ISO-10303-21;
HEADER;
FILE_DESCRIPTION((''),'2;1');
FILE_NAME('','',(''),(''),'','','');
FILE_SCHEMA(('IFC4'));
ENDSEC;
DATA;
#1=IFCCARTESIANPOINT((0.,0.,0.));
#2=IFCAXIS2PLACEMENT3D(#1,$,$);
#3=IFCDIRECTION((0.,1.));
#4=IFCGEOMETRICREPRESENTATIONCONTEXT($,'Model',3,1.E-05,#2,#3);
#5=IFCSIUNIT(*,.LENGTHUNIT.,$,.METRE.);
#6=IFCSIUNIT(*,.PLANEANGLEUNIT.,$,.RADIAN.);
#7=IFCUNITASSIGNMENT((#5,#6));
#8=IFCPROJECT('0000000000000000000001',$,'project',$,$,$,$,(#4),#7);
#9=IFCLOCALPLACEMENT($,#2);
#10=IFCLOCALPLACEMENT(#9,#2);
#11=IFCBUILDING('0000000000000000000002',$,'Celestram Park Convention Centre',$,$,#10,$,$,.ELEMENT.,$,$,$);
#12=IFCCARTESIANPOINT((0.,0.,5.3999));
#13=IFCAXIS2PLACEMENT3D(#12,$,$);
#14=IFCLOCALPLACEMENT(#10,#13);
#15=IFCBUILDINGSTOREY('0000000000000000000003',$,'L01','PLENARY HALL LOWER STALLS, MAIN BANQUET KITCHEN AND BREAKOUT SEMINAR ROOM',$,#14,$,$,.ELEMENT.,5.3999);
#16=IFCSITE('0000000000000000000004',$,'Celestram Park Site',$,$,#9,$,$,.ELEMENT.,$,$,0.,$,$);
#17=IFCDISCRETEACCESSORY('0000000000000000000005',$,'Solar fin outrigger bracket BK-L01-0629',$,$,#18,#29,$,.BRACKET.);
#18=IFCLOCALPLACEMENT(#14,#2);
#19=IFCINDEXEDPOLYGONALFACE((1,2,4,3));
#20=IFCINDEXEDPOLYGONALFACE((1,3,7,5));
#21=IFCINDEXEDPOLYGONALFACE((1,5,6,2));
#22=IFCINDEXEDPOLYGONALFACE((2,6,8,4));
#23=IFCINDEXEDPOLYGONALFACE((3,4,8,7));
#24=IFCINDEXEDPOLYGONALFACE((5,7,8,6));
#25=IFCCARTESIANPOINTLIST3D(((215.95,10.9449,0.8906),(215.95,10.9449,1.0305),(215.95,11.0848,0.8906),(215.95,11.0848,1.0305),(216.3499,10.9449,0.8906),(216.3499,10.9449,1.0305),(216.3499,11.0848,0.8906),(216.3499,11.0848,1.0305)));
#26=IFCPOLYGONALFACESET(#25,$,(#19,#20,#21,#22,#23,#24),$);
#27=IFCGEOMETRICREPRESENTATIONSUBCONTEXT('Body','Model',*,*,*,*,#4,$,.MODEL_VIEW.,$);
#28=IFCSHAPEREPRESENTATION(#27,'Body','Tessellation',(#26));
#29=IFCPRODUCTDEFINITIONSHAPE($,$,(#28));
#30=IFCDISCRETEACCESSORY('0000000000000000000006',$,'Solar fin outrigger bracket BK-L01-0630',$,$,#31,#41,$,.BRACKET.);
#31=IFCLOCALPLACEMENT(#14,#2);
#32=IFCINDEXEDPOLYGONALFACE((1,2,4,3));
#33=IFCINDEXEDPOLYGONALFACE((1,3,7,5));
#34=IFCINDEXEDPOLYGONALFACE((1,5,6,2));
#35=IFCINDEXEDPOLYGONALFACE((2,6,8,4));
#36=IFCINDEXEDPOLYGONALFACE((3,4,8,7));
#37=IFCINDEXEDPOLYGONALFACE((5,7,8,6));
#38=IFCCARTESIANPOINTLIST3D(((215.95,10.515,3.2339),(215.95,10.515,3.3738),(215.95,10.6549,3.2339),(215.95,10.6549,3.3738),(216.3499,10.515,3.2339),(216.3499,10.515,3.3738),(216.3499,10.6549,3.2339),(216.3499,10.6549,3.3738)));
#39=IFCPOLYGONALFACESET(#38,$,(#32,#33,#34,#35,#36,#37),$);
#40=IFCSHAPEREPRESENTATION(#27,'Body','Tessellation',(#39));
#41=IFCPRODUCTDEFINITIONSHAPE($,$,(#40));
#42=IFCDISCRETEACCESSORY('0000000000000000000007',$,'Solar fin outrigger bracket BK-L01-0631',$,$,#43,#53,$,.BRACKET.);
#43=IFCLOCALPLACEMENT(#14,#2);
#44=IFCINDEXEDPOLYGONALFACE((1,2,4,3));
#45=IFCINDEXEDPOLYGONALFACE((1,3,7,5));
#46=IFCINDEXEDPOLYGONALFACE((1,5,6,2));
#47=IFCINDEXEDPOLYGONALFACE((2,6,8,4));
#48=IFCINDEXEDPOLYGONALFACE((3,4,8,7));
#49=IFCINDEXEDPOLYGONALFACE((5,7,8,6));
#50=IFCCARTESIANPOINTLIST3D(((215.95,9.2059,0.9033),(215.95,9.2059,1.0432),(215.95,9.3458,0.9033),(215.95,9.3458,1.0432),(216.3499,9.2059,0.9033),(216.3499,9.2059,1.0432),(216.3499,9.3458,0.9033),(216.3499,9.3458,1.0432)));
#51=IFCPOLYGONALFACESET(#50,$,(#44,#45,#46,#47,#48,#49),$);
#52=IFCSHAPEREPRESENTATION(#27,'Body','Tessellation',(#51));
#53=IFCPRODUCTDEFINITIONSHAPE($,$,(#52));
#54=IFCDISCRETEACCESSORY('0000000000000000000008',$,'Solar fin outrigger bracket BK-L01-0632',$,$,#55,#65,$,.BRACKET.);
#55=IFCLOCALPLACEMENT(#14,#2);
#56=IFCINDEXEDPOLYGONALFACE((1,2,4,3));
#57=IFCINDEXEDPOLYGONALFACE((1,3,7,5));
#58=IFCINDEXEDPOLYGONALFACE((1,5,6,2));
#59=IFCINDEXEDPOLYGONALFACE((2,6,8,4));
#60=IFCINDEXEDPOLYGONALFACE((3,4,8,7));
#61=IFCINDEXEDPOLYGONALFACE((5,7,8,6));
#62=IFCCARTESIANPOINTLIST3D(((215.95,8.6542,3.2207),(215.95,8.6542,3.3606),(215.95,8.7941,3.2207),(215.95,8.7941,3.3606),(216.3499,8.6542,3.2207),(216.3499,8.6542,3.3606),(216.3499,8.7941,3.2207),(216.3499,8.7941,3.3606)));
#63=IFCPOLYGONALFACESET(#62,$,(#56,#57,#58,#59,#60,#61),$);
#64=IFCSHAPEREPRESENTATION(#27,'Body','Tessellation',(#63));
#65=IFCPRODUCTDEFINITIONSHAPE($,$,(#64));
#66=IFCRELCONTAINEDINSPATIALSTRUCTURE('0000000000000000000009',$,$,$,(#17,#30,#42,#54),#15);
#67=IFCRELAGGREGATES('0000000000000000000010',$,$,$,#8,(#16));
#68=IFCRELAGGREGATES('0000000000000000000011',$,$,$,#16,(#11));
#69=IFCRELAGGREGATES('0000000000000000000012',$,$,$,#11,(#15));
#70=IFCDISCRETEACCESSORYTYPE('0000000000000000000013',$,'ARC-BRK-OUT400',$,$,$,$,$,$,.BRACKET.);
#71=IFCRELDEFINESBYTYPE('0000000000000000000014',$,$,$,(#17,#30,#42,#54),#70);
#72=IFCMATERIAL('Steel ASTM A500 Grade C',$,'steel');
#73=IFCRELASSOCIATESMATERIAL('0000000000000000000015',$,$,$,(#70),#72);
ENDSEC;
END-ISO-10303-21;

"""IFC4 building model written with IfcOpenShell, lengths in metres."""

from ifc_helpers import new_model, si_unit, direction, frame, origin, origin_2d, place, context, subcontext, project, spatial, rectangle, extrude, material, type_object, element, save


model = new_model("IFC4")

# Units and contexts
model_context = context("Model", 3, precision=1e-05, world=origin(), true_north=direction((0.0, 1.0)))
body_context = subcontext(model_context, "Body", "Model", "MODEL_VIEW")
ifc_project = project(units=[si_unit("LENGTHUNIT", "METRE"), si_unit("PLANEANGLEUNIT", "RADIAN")], contexts=[model_context])

# Site, building, storey
site_placement = place(None, origin())
site = spatial("IfcSite", under=ifc_project, at=site_placement, Name="Celestram Park Site", CompositionType="ELEMENT", RefElevation=0.0)
building_placement = place(site_placement, origin())
building = spatial("IfcBuilding", under=site, at=building_placement, Name="Celestram Park Convention Centre", CompositionType="ELEMENT")
storey_placement = place(building_placement, frame((0.0, 0.0, 5.3999)))
storey = spatial("IfcBuildingStorey", under=building, at=storey_placement, Name="L01", Description="PLENARY HALL LOWER STALLS, MAIN BANQUET KITCHEN AND BREAKOUT SEMINAR ROOM", CompositionType="ELEMENT", Elevation=5.3999)

# Shared definitions
ifc_material_1 = material(Name="Steel ASTM A500 Grade C", Category="steel")

# Discrete accessories
discrete_accessory_type = type_object("IfcDiscreteAccessoryType", Name="ARC-BRK-OUT400", PredefinedType="BRACKET", material=ifc_material_1)
for number, where, z_axis, x_axis, name in (
    (1, (216.1499, 11.0149, 0.8906), (0.0, 0.0, 1.0), (1.0, 0.0, 0.0), "Solar fin outrigger bracket BK-L01-0629"),
    (2, (216.1499, 10.585, 3.2339), (0.0, 0.0, 1.0), (1.0, 0.0, 0.0), "Solar fin outrigger bracket BK-L01-0630"),
    (3, (216.1499, 9.2759, 0.9033), (0.0, 0.0, 1.0), (1.0, 0.0, 0.0), "Solar fin outrigger bracket BK-L01-0631"),
    (4, (216.1499, 8.7241, 3.2207), (0.0, 0.0, 1.0), (1.0, 0.0, 0.0), "Solar fin outrigger bracket BK-L01-0632"),
):
    element("IfcDiscreteAccessory", number, at=place(storey_placement, frame(where, z_axis=z_axis, x_axis=x_axis)), inside=storey, type_object=discrete_accessory_type, Name=name, PredefinedType="BRACKET", context=body_context, shape_type="SweptSolid", body=[
        extrude(rectangle(XDim=0.3999, YDim=0.1399, at=origin_2d()), origin(), (0.0, 0.0, 1.0), 0.1399),
    ])

save(model, "model.ifc")
